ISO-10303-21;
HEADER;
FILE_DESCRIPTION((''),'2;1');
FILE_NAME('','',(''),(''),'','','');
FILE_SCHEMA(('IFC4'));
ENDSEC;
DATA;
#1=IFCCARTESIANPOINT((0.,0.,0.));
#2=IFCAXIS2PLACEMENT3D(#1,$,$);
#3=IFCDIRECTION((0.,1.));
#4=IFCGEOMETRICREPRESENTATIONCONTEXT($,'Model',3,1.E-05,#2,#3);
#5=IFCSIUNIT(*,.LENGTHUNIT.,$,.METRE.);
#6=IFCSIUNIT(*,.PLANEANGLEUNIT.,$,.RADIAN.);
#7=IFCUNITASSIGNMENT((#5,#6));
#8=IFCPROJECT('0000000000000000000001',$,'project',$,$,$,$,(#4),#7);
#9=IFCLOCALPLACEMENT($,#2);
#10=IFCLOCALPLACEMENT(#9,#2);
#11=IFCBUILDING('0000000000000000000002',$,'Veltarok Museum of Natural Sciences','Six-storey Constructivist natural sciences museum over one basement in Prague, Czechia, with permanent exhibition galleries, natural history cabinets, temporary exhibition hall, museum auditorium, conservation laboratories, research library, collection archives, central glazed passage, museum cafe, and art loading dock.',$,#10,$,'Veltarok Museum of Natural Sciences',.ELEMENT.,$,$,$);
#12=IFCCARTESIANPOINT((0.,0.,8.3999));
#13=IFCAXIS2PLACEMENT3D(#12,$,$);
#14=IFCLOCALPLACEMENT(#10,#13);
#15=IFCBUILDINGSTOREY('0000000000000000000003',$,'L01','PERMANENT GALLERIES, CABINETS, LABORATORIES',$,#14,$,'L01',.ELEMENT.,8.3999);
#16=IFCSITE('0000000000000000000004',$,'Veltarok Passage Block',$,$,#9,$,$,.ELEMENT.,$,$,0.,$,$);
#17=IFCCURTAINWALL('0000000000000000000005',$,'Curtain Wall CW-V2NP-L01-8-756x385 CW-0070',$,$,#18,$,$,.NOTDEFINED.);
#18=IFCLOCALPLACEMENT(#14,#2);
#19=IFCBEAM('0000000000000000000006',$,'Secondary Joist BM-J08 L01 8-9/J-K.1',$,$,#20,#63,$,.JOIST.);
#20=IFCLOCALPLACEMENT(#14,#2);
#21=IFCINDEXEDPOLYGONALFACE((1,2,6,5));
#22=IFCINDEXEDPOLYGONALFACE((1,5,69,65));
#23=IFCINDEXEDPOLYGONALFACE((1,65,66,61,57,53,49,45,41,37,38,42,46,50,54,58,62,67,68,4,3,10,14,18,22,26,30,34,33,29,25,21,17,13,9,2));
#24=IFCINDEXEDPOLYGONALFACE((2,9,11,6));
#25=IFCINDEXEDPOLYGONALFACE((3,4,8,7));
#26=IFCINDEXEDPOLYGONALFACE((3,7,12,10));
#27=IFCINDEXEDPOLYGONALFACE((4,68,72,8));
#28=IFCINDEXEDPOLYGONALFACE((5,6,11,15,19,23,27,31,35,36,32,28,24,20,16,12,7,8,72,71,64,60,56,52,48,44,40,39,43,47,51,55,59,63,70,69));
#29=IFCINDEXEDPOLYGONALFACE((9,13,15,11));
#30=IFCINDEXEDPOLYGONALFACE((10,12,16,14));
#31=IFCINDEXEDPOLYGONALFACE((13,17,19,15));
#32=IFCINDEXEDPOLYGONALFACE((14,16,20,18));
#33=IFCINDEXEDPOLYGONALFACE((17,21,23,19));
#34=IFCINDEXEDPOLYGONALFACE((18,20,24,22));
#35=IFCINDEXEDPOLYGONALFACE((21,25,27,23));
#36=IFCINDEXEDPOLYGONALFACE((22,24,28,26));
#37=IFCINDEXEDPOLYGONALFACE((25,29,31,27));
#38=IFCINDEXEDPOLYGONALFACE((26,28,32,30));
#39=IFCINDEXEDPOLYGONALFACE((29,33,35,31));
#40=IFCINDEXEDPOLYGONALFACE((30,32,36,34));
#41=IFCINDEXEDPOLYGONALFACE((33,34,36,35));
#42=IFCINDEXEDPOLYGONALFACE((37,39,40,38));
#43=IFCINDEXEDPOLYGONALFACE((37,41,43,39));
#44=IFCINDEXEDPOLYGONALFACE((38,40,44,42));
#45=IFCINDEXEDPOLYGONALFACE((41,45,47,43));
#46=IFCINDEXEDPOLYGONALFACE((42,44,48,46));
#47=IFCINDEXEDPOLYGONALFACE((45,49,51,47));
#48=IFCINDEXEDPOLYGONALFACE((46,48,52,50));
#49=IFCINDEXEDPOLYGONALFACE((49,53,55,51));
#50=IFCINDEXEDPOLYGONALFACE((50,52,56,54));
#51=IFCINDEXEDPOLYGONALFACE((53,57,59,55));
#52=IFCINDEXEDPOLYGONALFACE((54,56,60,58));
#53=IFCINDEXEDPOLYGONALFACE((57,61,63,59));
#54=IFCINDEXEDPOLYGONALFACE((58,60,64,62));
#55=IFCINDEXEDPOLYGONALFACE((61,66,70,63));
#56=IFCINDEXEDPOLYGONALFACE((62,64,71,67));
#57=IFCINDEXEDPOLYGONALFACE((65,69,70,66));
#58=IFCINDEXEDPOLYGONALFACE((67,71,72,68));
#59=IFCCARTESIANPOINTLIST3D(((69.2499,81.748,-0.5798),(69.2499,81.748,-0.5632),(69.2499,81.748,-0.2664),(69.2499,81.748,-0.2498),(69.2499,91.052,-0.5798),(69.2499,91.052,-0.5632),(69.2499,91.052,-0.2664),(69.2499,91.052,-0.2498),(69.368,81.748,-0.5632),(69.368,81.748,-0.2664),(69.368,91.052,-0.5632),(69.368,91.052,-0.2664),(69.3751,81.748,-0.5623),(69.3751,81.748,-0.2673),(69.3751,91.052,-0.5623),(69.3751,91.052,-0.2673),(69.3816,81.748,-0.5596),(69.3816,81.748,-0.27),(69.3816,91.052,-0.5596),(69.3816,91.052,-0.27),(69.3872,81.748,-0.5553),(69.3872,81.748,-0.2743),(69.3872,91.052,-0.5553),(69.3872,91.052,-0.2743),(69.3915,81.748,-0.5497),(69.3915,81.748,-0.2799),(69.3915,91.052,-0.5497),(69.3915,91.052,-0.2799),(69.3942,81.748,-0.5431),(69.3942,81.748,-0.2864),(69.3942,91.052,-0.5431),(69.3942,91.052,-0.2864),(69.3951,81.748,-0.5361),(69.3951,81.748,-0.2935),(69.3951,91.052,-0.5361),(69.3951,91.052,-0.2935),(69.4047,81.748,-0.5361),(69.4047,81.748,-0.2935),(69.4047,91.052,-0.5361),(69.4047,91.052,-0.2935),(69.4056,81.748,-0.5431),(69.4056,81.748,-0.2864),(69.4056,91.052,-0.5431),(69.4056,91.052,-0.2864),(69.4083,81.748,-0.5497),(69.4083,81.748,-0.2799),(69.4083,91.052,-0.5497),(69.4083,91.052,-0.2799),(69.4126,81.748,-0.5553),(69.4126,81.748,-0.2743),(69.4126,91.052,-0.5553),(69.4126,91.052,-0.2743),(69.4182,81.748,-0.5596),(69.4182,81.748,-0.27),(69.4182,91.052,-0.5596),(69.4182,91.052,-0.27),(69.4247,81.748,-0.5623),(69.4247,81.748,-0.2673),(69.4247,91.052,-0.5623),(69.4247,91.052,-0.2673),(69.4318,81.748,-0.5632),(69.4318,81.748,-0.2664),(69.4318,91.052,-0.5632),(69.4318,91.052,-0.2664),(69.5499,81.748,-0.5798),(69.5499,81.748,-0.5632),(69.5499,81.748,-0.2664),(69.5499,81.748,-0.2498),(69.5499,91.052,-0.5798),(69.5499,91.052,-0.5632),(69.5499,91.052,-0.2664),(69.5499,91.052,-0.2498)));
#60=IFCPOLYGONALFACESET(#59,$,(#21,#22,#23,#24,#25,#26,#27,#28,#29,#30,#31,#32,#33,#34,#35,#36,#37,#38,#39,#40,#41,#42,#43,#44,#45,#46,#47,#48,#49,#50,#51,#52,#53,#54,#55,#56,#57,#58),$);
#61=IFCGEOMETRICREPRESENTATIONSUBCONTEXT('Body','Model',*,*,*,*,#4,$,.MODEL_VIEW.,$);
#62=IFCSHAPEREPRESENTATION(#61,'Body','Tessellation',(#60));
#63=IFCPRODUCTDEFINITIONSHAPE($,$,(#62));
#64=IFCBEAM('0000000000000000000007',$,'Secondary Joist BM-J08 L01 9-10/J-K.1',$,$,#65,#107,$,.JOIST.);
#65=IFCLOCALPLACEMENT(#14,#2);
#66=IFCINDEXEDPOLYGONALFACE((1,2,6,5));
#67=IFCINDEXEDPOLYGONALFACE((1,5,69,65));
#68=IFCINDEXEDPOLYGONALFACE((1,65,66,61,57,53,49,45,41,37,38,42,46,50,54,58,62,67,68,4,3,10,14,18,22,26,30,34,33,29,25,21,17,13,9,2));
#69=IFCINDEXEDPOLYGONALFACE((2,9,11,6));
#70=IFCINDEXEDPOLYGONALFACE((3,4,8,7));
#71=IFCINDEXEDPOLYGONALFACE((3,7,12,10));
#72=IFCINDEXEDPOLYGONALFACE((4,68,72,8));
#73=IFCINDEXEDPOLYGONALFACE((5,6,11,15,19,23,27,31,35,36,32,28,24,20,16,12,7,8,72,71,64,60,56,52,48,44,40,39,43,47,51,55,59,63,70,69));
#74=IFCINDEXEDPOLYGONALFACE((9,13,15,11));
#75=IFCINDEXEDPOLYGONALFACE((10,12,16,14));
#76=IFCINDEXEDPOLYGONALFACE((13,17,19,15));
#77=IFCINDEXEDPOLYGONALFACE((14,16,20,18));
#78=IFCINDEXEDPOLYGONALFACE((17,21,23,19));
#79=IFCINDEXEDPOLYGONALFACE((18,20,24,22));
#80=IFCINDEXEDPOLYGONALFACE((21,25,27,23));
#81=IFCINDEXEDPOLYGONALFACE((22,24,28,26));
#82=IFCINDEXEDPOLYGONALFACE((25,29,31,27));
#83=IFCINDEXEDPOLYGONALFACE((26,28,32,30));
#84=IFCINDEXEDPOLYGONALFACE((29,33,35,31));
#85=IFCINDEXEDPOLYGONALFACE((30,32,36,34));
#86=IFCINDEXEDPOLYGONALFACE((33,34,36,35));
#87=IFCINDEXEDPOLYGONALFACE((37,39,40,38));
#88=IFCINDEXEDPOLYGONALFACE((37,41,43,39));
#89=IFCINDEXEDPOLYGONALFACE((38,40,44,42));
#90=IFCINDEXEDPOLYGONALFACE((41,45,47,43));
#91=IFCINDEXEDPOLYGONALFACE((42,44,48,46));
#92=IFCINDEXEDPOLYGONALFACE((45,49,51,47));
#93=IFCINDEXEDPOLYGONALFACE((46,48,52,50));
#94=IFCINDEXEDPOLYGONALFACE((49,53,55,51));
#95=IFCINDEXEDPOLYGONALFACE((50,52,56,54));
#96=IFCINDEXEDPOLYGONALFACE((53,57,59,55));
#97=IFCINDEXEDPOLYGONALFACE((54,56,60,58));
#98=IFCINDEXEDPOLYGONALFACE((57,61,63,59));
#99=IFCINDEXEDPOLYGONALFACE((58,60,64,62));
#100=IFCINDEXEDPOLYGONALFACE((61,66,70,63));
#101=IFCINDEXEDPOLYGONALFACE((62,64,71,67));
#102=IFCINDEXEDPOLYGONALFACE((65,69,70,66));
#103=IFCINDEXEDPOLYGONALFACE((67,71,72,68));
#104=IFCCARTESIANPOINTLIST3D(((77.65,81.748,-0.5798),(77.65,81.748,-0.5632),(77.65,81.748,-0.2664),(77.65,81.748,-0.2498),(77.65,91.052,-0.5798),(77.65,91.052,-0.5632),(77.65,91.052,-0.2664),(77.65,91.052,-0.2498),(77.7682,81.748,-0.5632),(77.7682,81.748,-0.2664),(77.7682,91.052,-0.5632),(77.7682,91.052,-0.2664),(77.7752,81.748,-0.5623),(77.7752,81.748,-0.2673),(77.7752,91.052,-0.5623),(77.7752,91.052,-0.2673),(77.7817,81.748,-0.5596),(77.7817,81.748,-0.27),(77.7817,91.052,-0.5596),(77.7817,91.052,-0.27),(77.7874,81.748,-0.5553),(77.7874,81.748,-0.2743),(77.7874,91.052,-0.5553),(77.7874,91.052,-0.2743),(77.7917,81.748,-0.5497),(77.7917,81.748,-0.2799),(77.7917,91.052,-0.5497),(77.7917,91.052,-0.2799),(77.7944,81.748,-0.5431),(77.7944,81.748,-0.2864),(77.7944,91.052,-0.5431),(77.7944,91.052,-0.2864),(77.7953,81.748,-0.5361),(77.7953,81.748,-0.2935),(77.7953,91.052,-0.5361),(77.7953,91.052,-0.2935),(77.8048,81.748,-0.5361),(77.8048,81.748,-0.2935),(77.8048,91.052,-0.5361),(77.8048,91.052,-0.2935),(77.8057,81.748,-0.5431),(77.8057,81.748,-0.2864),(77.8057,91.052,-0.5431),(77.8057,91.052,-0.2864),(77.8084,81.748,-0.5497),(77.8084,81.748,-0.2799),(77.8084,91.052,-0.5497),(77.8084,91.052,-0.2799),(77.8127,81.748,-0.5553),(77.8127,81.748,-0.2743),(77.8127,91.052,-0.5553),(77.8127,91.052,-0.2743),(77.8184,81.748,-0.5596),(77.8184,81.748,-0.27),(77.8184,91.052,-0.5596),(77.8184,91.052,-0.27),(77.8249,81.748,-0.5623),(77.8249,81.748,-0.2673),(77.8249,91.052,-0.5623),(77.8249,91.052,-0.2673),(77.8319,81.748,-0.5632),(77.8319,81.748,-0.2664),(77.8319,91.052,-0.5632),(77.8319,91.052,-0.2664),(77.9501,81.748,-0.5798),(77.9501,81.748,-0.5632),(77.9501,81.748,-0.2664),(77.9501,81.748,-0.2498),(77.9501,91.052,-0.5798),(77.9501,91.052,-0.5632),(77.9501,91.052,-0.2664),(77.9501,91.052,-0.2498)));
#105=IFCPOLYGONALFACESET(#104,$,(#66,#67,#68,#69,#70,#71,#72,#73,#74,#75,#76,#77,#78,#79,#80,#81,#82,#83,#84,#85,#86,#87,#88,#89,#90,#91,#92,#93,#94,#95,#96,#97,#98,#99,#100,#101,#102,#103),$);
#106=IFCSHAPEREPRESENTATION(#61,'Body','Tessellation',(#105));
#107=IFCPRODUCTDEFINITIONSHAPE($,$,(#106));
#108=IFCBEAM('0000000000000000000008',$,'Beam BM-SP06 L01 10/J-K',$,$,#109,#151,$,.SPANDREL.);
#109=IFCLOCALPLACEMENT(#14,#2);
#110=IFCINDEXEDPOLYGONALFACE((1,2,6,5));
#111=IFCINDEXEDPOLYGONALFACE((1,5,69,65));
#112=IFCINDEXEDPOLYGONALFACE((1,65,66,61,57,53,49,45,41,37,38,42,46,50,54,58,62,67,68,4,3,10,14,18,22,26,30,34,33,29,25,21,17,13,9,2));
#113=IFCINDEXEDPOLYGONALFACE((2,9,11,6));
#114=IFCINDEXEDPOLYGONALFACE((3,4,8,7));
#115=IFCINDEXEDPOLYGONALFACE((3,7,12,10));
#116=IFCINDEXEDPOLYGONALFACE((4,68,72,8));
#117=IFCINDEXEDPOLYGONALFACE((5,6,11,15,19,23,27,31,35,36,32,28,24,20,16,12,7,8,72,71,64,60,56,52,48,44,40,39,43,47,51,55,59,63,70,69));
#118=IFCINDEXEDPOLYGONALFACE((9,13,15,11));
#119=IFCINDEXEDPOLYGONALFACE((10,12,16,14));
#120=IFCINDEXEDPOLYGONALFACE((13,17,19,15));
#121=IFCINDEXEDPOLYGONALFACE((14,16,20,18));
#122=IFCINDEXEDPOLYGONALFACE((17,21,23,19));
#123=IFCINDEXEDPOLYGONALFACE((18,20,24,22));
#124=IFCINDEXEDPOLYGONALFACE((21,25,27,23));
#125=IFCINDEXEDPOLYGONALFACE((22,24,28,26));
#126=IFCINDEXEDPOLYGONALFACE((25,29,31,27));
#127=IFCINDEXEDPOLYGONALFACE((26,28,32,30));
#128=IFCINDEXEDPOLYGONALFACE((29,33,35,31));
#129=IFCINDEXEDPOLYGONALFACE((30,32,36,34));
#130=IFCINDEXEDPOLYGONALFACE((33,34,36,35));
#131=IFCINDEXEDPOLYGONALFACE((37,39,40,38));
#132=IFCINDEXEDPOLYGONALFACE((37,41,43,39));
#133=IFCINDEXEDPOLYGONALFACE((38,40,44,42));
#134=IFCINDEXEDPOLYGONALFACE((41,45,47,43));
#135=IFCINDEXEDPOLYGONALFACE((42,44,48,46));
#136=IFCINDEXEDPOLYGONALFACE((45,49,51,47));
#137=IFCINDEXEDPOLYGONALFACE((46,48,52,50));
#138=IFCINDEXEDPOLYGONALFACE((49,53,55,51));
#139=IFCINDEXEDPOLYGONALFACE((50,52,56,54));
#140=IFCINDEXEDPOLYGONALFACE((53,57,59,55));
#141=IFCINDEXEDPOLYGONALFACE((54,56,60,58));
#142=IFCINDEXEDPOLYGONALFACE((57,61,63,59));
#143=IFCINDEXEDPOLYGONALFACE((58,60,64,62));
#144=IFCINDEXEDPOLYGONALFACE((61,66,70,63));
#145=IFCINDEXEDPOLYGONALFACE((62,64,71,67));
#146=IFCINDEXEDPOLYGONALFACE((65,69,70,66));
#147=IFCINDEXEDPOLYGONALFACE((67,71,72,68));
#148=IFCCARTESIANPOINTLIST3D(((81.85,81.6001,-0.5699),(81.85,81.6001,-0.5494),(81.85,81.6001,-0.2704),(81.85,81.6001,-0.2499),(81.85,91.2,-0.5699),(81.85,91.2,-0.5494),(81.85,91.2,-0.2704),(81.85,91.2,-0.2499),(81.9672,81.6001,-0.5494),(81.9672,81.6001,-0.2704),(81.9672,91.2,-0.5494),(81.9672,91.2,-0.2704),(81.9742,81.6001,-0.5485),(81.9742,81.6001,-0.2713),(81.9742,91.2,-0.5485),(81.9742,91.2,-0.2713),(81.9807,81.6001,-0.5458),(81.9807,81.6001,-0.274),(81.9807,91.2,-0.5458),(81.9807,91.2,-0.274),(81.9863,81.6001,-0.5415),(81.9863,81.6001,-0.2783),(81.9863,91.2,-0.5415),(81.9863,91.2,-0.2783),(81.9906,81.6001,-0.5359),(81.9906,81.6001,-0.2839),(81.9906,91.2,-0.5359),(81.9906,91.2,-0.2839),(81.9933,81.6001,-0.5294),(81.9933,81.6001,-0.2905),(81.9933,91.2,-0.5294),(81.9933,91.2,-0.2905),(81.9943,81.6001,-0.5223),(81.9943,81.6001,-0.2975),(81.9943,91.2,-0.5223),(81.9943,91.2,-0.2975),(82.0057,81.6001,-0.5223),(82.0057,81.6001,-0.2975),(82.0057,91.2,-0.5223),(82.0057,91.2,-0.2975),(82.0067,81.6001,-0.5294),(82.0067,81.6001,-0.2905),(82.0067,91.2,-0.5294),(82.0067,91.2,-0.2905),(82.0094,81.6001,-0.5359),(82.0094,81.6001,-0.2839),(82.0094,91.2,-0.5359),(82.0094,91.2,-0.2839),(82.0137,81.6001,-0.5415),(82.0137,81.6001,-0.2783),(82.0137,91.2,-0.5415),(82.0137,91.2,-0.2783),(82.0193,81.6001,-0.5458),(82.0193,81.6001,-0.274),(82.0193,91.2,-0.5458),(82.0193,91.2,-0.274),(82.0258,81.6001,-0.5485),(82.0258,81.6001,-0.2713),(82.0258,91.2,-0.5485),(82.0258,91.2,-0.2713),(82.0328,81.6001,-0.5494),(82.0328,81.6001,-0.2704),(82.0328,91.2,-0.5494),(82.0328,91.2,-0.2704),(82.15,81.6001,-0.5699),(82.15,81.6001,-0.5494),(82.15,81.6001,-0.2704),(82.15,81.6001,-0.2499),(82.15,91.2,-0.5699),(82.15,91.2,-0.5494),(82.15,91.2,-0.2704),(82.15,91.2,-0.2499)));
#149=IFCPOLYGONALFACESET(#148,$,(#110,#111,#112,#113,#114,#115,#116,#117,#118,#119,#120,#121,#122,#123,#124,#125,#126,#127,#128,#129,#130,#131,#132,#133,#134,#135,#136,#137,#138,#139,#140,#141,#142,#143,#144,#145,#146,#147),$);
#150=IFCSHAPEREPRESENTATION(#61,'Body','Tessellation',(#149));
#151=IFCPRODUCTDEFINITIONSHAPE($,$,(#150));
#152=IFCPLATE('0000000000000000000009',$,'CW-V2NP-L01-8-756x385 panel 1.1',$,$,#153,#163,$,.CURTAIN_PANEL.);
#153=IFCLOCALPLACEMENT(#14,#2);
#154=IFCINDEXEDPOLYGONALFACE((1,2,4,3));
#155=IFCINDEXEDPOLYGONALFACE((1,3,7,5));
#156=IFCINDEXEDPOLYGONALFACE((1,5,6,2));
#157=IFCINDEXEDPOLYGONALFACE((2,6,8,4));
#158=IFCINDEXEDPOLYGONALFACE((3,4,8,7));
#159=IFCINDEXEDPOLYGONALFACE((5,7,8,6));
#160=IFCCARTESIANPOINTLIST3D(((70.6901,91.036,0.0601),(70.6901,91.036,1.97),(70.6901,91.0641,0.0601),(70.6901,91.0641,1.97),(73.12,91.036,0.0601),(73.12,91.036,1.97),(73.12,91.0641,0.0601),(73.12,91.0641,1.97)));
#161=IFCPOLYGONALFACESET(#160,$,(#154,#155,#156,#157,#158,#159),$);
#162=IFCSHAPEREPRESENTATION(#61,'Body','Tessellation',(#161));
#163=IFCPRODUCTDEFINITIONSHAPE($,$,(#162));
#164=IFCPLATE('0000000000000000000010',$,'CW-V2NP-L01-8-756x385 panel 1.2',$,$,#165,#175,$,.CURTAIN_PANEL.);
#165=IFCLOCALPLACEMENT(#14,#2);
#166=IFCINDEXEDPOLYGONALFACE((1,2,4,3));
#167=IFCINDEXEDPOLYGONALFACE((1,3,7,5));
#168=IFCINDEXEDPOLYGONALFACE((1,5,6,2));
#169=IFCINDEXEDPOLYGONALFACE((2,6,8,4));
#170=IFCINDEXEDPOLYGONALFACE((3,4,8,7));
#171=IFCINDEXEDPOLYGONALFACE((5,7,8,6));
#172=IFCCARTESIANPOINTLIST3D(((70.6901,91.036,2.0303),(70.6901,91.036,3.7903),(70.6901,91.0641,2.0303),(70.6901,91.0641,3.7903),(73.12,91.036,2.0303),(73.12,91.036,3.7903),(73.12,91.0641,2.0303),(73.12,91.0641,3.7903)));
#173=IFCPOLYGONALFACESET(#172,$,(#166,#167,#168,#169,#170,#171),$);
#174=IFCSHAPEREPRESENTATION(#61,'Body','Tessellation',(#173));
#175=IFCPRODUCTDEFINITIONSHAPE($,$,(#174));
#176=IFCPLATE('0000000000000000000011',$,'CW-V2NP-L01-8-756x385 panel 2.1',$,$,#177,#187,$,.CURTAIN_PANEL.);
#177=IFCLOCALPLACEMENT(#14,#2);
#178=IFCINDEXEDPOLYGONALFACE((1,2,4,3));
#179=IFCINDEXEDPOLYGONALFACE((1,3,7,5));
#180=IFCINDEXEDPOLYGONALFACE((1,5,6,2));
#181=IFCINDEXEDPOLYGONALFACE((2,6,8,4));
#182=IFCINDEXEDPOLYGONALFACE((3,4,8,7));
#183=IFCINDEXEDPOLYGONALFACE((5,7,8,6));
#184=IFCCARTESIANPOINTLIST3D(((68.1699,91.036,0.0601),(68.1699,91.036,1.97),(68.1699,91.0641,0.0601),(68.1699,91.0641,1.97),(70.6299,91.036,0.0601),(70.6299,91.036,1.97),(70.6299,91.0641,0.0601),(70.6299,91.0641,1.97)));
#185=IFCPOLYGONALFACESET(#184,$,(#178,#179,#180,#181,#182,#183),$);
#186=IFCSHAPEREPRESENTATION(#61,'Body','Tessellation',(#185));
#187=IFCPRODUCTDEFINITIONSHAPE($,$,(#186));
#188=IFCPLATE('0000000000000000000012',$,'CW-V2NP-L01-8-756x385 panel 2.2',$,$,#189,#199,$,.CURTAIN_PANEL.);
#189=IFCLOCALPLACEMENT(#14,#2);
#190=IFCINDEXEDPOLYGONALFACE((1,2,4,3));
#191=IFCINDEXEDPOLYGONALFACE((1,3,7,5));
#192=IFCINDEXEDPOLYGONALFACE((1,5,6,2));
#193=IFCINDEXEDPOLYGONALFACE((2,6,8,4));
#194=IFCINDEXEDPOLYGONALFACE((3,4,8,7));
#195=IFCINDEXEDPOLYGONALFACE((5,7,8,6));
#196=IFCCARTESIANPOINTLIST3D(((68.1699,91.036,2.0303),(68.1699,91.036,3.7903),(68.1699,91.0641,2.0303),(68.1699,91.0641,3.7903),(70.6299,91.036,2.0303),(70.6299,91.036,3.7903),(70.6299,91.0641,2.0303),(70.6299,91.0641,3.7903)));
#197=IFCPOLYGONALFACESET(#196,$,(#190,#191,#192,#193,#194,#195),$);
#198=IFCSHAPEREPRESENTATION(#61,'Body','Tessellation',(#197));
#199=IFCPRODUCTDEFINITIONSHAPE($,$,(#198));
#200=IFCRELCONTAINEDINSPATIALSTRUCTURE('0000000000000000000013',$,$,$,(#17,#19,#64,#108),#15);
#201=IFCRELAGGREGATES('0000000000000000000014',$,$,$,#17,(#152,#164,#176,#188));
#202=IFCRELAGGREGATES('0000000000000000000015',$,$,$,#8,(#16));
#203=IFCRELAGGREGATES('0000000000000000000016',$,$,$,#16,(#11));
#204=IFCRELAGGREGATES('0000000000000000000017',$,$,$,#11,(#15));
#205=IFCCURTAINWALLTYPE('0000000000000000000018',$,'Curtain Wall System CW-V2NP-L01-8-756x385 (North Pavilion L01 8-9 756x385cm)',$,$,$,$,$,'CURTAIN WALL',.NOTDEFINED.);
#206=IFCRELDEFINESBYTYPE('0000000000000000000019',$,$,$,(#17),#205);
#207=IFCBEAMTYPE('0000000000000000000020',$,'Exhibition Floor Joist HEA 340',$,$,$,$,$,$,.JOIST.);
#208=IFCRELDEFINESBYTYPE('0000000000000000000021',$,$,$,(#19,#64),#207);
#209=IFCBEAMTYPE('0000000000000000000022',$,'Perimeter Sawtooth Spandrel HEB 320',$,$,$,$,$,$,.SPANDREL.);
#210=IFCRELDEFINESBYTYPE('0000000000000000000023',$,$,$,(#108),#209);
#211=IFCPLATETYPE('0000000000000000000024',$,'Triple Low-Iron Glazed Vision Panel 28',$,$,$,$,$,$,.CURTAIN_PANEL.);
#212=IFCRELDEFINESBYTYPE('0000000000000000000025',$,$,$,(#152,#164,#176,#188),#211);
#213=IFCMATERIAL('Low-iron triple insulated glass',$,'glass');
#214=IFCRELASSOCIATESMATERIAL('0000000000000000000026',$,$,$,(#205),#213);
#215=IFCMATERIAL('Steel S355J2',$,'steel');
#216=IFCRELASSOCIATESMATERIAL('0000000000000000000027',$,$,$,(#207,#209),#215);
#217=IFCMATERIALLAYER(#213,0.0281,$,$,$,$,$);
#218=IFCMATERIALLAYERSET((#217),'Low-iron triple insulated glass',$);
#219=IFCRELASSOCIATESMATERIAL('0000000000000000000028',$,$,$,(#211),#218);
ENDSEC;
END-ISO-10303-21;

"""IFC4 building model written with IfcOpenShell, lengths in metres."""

from ifc_helpers import new_model, si_unit, direction, frame, origin, origin_2d, place, context, subcontext, project, spatial, rectangle, i_section, extrude, material, layer, layer_set, material_profile, profile_set, type_object, element, aggregate, save


model = new_model("IFC4")

# Units and contexts
model_context = context("Model", 3, precision=1e-05, world=origin(), true_north=direction((0.0, 1.0)))
body_context = subcontext(model_context, "Body", "Model", "MODEL_VIEW")
ifc_project = project(units=[si_unit("LENGTHUNIT", "METRE"), si_unit("PLANEANGLEUNIT", "RADIAN")], contexts=[model_context])

# Site, building, storey
site_placement = place(None, origin())
site = spatial("IfcSite", under=ifc_project, at=site_placement, Name="Veltarok Passage Block", CompositionType="ELEMENT", RefElevation=0.0)
building_placement = place(site_placement, origin())
building = spatial("IfcBuilding", under=site, at=building_placement, Name="Veltarok Museum of Natural Sciences", Description="Six-storey Constructivist natural sciences museum over one basement in Prague, Czechia, with permanent exhibition galleries, natural history cabinets, temporary exhibition hall, museum auditorium, conservation laboratories, research library, collection archives, central glazed passage, museum cafe, and art loading dock.", LongName="Veltarok Museum of Natural Sciences", CompositionType="ELEMENT")
storey_placement = place(building_placement, frame((0.0, 0.0, 8.3999)))
storey = spatial("IfcBuildingStorey", under=building, at=storey_placement, Name="L01", Description="PERMANENT GALLERIES, CABINETS, LABORATORIES", LongName="L01", CompositionType="ELEMENT", Elevation=8.3999)

# Shared definitions
ifc_material_1 = material(Name="Steel S355J2", Category="steel")

# Curtain wall
ifc_material_2 = material(Name="Low-iron triple insulated glass", Category="glass")
curtain_wall_type_1 = type_object("IfcCurtainWallType", Name="Curtain Wall System CW-V2NP-L01-8-756x385 (North Pavilion L01 8-9 756x385cm)", ElementType="CURTAIN WALL", PredefinedType="NOTDEFINED", material=ifc_material_2)
curtain_wall_1_placement = place(storey_placement, origin())
curtain_wall_1 = element("IfcCurtainWall", 1, at=curtain_wall_1_placement, inside=storey, type_object=curtain_wall_type_1, Name="Curtain Wall CW-V2NP-L01-8-756x385 CW-0070", PredefinedType="NOTDEFINED")

# Beams
ifc_material_profile_1 = material_profile(ifc_material_1, i_section(OverallWidth=0.3, OverallDepth=0.3301, WebThickness=0.0095, FlangeThickness=0.0166, FilletRadius=0.0271, at=origin_2d()), Name="HEA 340")
ifc_profile_set_1 = profile_set([ifc_material_profile_1], Name="Steel S355J2")
beam_type_1 = type_object("IfcBeamType", Name="Exhibition Floor Joist HEA 340", PredefinedType="JOIST", material=ifc_profile_set_1)
for number, where, z_axis, x_axis, name in (
    (2, (69.3999, 81.748, -0.4148), (0.0, 1.0, 0.0), (-1.0, 0.0, 0.0), "Secondary Joist BM-J08 L01 8-9/J-K.1"),
    (3, (77.8, 81.748, -0.4148), (0.0, 1.0, 0.0), (-1.0, 0.0, 0.0), "Secondary Joist BM-J08 L01 9-10/J-K.1"),
):
    element("IfcBeam", number, at=place(storey_placement, frame(where, z_axis=z_axis, x_axis=x_axis)), inside=storey, type_object=beam_type_1, Name=name, PredefinedType="JOIST", context=body_context, shape_type="SweptSolid", body=[
        extrude(i_section(OverallWidth=0.3, OverallDepth=0.3301, WebThickness=0.0095, FlangeThickness=0.0166, FilletRadius=0.0271, at=origin_2d()), origin(), (0.0, 0.0, 1.0), 9.304),
    ])
ifc_material_profile_2 = material_profile(ifc_material_1, i_section(OverallWidth=0.3, OverallDepth=0.3201, WebThickness=0.0115, FlangeThickness=0.0205, FilletRadius=0.0271, at=origin_2d()), Name="HEB 320")
ifc_profile_set_2 = profile_set([ifc_material_profile_2], Name="Steel S355J2")
beam_type_2 = type_object("IfcBeamType", Name="Perimeter Sawtooth Spandrel HEB 320", PredefinedType="SPANDREL", material=ifc_profile_set_2)
beam_placement = place(storey_placement, frame((82.0, 81.6001, -0.4099), z_axis=(0.0, 1.0, 0.0), x_axis=(-1.0, 0.0, 0.0)))
element("IfcBeam", 4, at=beam_placement, inside=storey, type_object=beam_type_2, Name="Beam BM-SP06 L01 10/J-K", PredefinedType="SPANDREL", context=body_context, shape_type="SweptSolid", body=[
    extrude(i_section(OverallWidth=0.3, OverallDepth=0.3201, WebThickness=0.0115, FlangeThickness=0.0205, FilletRadius=0.0271, at=origin_2d()), origin(), (0.0, 0.0, 1.0), 9.5999),
])

# Plates
ifc_layer_1 = layer(ifc_material_2, 0.0281)
ifc_layer_set_1 = layer_set([ifc_layer_1], Name="Low-iron triple insulated glass")
plate_type = type_object("IfcPlateType", Name="Triple Low-Iron Glazed Vision Panel 28", PredefinedType="CURTAIN_PANEL", material=ifc_layer_set_1)
plate_1_placement = place(storey_placement, frame((71.905, 91.05, 0.0601), z_axis=(0.0, 0.0, 1.0), x_axis=(-1.0, 0.0, 0.0)))
plate_1 = element("IfcPlate", 5, at=plate_1_placement, type_object=plate_type, Name="CW-V2NP-L01-8-756x385 panel 1.1", PredefinedType="CURTAIN_PANEL", context=body_context, shape_type="SweptSolid", body=[
    extrude(rectangle(XDim=2.4299, YDim=0.0281, at=origin_2d()), origin(), (0.0, 0.0, 1.0), 1.9099),
])
plate_2_placement = place(storey_placement, frame((71.905, 91.05, 2.0303), z_axis=(0.0, 0.0, 1.0), x_axis=(-1.0, 0.0, 0.0)))
plate_2 = element("IfcPlate", 6, at=plate_2_placement, type_object=plate_type, Name="CW-V2NP-L01-8-756x385 panel 1.2", PredefinedType="CURTAIN_PANEL", context=body_context, shape_type="SweptSolid", body=[
    extrude(rectangle(XDim=2.4299, YDim=0.0281, at=origin_2d()), origin(), (0.0, 0.0, 1.0), 1.76),
])
plate_3_placement = place(storey_placement, frame((69.3999, 91.05, 0.0601), z_axis=(0.0, 0.0, 1.0), x_axis=(-1.0, 0.0, 0.0)))
plate_3 = element("IfcPlate", 7, at=plate_3_placement, type_object=plate_type, Name="CW-V2NP-L01-8-756x385 panel 2.1", PredefinedType="CURTAIN_PANEL", context=body_context, shape_type="SweptSolid", body=[
    extrude(rectangle(XDim=2.46, YDim=0.0281, at=origin_2d()), origin(), (0.0, 0.0, 1.0), 1.9099),
])
plate_4_placement = place(storey_placement, frame((69.3999, 91.05, 2.0303), z_axis=(0.0, 0.0, 1.0), x_axis=(-1.0, 0.0, 0.0)))
plate_4 = element("IfcPlate", 8, at=plate_4_placement, type_object=plate_type, Name="CW-V2NP-L01-8-756x385 panel 2.2", PredefinedType="CURTAIN_PANEL", context=body_context, shape_type="SweptSolid", body=[
    extrude(rectangle(XDim=2.46, YDim=0.0281, at=origin_2d()), origin(), (0.0, 0.0, 1.0), 1.76),
])
aggregate(curtain_wall_1, [plate_1, plate_2, plate_3, plate_4])

save(model, "model.ifc")
